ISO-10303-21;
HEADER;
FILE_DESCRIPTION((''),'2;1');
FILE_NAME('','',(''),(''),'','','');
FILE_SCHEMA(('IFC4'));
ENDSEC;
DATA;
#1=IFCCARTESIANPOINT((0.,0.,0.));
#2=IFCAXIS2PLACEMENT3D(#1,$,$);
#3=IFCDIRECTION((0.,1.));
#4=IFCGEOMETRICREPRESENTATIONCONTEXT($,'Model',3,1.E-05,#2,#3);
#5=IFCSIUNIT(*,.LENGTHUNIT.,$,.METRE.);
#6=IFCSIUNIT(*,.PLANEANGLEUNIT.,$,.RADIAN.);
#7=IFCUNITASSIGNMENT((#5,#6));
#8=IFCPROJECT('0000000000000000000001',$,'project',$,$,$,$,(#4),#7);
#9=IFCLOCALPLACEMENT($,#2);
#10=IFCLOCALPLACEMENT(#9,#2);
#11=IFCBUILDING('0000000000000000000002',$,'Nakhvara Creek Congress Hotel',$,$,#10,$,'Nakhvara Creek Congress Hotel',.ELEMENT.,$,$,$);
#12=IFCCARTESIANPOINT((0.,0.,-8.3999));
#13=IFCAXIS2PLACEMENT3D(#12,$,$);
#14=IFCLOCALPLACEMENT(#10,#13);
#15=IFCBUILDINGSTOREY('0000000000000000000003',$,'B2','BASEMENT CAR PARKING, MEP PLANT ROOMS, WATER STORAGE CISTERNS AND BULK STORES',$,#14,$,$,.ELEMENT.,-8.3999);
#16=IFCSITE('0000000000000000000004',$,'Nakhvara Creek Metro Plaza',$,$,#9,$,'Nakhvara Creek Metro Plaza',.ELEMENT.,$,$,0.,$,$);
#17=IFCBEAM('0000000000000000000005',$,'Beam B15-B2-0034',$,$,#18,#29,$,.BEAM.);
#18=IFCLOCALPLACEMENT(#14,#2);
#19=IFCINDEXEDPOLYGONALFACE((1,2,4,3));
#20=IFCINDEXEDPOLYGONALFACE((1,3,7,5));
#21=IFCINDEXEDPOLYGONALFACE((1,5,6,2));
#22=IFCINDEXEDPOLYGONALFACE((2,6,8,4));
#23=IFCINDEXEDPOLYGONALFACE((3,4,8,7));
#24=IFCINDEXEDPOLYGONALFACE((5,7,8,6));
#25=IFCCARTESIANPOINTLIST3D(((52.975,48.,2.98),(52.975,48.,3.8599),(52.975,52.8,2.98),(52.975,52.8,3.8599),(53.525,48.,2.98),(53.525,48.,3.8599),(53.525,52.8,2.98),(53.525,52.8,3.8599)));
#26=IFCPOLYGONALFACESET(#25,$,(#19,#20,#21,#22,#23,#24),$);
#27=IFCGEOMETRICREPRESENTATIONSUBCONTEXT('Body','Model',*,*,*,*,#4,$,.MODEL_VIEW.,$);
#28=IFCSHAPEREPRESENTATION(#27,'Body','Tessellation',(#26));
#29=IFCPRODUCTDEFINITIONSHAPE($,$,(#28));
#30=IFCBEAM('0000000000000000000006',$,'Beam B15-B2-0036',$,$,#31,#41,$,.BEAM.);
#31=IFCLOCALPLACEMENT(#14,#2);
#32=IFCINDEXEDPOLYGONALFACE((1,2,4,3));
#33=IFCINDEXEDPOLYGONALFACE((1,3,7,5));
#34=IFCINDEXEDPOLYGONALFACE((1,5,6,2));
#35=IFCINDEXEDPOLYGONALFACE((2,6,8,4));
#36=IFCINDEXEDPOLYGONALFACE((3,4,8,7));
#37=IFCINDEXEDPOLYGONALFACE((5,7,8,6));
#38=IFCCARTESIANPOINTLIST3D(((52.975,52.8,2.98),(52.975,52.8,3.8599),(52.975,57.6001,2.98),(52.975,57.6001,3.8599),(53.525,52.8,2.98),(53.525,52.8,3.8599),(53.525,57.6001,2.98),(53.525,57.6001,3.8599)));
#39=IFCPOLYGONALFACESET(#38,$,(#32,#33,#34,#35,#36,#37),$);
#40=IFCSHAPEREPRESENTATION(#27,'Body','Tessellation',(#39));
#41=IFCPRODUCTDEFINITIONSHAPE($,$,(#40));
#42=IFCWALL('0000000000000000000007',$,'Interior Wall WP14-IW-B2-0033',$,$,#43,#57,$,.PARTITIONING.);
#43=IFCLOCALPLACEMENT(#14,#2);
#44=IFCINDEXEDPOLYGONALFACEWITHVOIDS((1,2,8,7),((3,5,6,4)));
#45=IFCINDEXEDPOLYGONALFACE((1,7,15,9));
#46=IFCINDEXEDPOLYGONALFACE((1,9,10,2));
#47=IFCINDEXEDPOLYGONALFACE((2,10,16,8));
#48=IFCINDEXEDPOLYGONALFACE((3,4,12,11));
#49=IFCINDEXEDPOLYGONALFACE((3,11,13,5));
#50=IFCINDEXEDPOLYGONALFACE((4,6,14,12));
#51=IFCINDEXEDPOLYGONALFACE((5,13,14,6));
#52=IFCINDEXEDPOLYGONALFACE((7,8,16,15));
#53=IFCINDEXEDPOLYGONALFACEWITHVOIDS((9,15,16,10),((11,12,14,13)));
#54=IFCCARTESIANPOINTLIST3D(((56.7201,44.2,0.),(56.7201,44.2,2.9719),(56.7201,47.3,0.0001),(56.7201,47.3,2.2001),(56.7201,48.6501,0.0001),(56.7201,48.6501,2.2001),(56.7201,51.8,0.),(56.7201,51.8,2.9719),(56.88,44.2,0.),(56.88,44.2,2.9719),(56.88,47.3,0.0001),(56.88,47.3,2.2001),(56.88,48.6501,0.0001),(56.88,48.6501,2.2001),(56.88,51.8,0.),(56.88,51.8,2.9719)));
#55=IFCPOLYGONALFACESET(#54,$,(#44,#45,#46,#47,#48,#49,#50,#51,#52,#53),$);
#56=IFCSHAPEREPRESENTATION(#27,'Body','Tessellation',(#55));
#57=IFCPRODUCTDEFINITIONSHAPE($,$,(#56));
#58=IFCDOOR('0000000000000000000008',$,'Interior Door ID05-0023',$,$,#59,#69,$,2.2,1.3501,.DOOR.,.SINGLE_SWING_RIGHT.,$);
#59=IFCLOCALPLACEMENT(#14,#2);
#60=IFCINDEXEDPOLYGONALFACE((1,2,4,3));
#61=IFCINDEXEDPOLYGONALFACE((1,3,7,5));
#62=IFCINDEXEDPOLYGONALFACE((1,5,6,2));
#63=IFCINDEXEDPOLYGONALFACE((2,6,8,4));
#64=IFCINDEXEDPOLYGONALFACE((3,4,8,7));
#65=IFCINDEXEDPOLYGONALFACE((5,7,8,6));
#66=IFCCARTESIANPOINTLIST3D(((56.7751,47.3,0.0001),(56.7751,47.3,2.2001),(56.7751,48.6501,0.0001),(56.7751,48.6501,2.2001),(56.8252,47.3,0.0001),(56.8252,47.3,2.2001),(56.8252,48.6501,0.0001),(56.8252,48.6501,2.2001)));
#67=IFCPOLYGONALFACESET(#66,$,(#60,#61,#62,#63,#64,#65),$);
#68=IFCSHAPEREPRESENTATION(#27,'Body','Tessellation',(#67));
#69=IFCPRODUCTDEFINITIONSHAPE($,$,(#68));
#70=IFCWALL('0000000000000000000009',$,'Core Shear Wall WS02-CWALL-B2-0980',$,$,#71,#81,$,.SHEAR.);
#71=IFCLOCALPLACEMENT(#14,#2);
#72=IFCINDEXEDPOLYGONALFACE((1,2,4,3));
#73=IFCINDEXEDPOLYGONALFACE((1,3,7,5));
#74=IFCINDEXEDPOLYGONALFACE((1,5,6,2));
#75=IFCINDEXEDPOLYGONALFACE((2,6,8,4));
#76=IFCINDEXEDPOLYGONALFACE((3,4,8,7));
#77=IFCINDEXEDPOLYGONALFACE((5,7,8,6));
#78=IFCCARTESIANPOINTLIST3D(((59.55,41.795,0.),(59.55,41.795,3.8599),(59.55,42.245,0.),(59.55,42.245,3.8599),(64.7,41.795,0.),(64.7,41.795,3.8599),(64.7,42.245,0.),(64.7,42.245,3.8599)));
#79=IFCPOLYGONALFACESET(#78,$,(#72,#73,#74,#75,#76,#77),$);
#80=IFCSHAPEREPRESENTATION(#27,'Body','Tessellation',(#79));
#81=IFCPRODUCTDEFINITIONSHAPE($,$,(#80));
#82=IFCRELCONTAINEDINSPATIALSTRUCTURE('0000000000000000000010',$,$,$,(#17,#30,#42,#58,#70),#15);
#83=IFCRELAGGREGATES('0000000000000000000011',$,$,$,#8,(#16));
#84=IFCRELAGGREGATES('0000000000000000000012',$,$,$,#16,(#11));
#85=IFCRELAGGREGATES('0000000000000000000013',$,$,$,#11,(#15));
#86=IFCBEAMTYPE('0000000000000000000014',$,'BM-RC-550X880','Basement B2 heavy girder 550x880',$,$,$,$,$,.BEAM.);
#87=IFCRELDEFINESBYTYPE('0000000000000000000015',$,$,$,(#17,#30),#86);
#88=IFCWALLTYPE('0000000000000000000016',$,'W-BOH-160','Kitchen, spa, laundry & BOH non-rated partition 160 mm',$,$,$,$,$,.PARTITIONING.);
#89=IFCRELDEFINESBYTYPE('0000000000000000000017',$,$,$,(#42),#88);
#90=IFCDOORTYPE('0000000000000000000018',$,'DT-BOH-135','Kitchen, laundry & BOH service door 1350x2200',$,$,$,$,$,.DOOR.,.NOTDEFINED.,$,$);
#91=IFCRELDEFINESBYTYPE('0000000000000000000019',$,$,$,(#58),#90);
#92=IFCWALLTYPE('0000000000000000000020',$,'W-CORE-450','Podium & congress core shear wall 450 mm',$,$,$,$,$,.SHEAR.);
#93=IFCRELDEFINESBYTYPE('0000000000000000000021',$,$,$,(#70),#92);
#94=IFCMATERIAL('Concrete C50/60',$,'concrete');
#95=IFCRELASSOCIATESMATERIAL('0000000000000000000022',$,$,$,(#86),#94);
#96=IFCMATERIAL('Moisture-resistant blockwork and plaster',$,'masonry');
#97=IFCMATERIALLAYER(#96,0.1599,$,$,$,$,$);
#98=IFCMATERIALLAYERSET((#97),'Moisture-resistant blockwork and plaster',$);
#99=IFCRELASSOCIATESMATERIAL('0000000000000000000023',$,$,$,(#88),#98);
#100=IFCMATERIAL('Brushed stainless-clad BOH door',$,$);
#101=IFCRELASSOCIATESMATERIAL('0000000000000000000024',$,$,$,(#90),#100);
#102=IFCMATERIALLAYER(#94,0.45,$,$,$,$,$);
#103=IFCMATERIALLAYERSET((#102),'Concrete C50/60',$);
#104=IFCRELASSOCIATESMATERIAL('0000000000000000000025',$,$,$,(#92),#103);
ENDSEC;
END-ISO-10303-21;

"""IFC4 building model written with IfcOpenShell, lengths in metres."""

from ifc_helpers import new_model, si_unit, direction, frame, frame_2d, origin, origin_2d, place, context, subcontext, project, spatial, rectangle, extrude, material, layer, layer_set, material_profile, profile_set, type_object, element, fill, save


model = new_model("IFC4")

# Units and contexts
model_context = context("Model", 3, precision=1e-05, world=origin(), true_north=direction((0.0, 1.0)))
body_context = subcontext(model_context, "Body", "Model", "MODEL_VIEW")
ifc_project = project(units=[si_unit("LENGTHUNIT", "METRE"), si_unit("PLANEANGLEUNIT", "RADIAN")], contexts=[model_context])

# Site, building, storey
site_placement = place(None, origin())
site = spatial("IfcSite", under=ifc_project, at=site_placement, Name="Nakhvara Creek Metro Plaza", LongName="Nakhvara Creek Metro Plaza", CompositionType="ELEMENT", RefElevation=0.0)
building_placement = place(site_placement, origin())
building = spatial("IfcBuilding", under=site, at=building_placement, Name="Nakhvara Creek Congress Hotel", LongName="Nakhvara Creek Congress Hotel", CompositionType="ELEMENT")
storey_placement = place(building_placement, frame((0.0, 0.0, -8.3999)))
storey = spatial("IfcBuildingStorey", under=building, at=storey_placement, Name="B2", Description="BASEMENT CAR PARKING, MEP PLANT ROOMS, WATER STORAGE CISTERNS AND BULK STORES", CompositionType="ELEMENT", Elevation=-8.3999)

# Shared definitions
ifc_material_1 = material(Name="Concrete C50/60", Category="concrete")

# Beams
ifc_material_profile_1 = material_profile(ifc_material_1, rectangle(XDim=0.55, YDim=0.8799, at=origin_2d()), Name="RC-BM 550x880", Category="LoadBearing")
ifc_profile_set_1 = profile_set([ifc_material_profile_1], Name="Concrete C50/60")
beam_type = type_object("IfcBeamType", Name="BM-RC-550X880", Description="Basement B2 heavy girder 550x880", PredefinedType="BEAM", material=ifc_profile_set_1)
for number, where, z_axis, x_axis, name in (
    (1, (53.25, 48.0, 3.4199), (0.0, 1.0, 0.0), (-1.0, 0.0, 0.0), "Beam B15-B2-0034"),
    (2, (53.25, 52.8, 3.4199), (0.0, 1.0, 0.0), (-1.0, 0.0, 0.0), "Beam B15-B2-0036"),
):
    element("IfcBeam", number, at=place(storey_placement, frame(where, z_axis=z_axis, x_axis=x_axis)), inside=storey, type_object=beam_type, Name=name, PredefinedType="BEAM", context=body_context, shape_type="SweptSolid", body=[
        extrude(rectangle(XDim=0.55, YDim=0.8799, at=origin_2d()), origin(), (0.0, 0.0, 1.0), 4.8),
    ])

# Wall, opening, door
ifc_material_2 = material(Name="Moisture-resistant blockwork and plaster", Category="masonry")
ifc_layer_1 = layer(ifc_material_2, 0.1599)
ifc_layer_set_1 = layer_set([ifc_layer_1], Name="Moisture-resistant blockwork and plaster")
wall_type_1 = type_object("IfcWallType", Name="W-BOH-160", Description="Kitchen, spa, laundry & BOH non-rated partition 160 mm", PredefinedType="PARTITIONING", material=ifc_layer_set_1)
wall_1_placement = place(storey_placement, frame((56.8, 44.2, 0.0), z_axis=(0.0, 0.0, 1.0), x_axis=(0.0, 1.0, 0.0)))
wall_1 = element("IfcWall", 3, at=wall_1_placement, inside=storey, type_object=wall_type_1, Name="Interior Wall WP14-IW-B2-0033", PredefinedType="PARTITIONING", context=body_context, shape_type="SweptSolid", body=[
    extrude(rectangle(XDim=7.6001, YDim=0.1599, at=frame_2d((3.8, 0.0))), origin(), (0.0, 0.0, 1.0), 2.9719),
])
opening_placement = place(wall_1_placement, frame((3.1001, 0.0, 0.0)))
opening = element("IfcOpeningElement", 4, at=opening_placement, cuts=wall_1, PredefinedType="OPENING", context=body_context, shape_type="SweptSolid", body=[
    extrude(rectangle(XDim=1.3501, YDim=2.2, at=frame_2d((0.675, 1.1001))), frame((0.0, 0.0918, 0.0), z_axis=(0.0, -1.0, 0.0), x_axis=(1.0, 0.0, 0.0)), (0.0, 0.0, 1.0), 0.1838),
])
ifc_material_3 = material(Name="Brushed stainless-clad BOH door")
door_type = type_object("IfcDoorType", Name="DT-BOH-135", Description="Kitchen, laundry & BOH service door 1350x2200", OperationType="NOTDEFINED", PredefinedType="DOOR", material=ifc_material_3)
door_placement = place(opening_placement, origin())
door = element("IfcDoor", 5, at=door_placement, inside=storey, type_object=door_type, Name="Interior Door ID05-0023", OperationType="SINGLE_SWING_RIGHT", OverallHeight=2.2, OverallWidth=1.3501, PredefinedType="DOOR", context=body_context, shape_type="SweptSolid", body=[
    extrude(rectangle(XDim=1.3501, YDim=2.2, at=frame_2d((0.675, 1.1001))), frame((0.0, 0.0249, 0.0), z_axis=(0.0, -1.0, 0.0), x_axis=(1.0, 0.0, 0.0)), (0.0, 0.0, 1.0), 0.05),
])
fill(opening, door)

# Wall
ifc_layer_2 = layer(ifc_material_1, 0.45)
ifc_layer_set_2 = layer_set([ifc_layer_2], Name="Concrete C50/60")
wall_type_2 = type_object("IfcWallType", Name="W-CORE-450", Description="Podium & congress core shear wall 450 mm", PredefinedType="SHEAR", material=ifc_layer_set_2)
wall_2_placement = place(storey_placement, frame((59.55, 42.02, 0.0), z_axis=(0.0, 0.0, 1.0), x_axis=(1.0, 0.0, 0.0)))
element("IfcWall", 6, at=wall_2_placement, inside=storey, type_object=wall_type_2, Name="Core Shear Wall WS02-CWALL-B2-0980", PredefinedType="SHEAR", context=body_context, shape_type="SweptSolid", body=[
    extrude(rectangle(XDim=5.1499, YDim=0.45, at=frame_2d((2.575, 0.0))), origin(), (0.0, 0.0, 1.0), 3.8599),
])

save(model, "model.ifc")
